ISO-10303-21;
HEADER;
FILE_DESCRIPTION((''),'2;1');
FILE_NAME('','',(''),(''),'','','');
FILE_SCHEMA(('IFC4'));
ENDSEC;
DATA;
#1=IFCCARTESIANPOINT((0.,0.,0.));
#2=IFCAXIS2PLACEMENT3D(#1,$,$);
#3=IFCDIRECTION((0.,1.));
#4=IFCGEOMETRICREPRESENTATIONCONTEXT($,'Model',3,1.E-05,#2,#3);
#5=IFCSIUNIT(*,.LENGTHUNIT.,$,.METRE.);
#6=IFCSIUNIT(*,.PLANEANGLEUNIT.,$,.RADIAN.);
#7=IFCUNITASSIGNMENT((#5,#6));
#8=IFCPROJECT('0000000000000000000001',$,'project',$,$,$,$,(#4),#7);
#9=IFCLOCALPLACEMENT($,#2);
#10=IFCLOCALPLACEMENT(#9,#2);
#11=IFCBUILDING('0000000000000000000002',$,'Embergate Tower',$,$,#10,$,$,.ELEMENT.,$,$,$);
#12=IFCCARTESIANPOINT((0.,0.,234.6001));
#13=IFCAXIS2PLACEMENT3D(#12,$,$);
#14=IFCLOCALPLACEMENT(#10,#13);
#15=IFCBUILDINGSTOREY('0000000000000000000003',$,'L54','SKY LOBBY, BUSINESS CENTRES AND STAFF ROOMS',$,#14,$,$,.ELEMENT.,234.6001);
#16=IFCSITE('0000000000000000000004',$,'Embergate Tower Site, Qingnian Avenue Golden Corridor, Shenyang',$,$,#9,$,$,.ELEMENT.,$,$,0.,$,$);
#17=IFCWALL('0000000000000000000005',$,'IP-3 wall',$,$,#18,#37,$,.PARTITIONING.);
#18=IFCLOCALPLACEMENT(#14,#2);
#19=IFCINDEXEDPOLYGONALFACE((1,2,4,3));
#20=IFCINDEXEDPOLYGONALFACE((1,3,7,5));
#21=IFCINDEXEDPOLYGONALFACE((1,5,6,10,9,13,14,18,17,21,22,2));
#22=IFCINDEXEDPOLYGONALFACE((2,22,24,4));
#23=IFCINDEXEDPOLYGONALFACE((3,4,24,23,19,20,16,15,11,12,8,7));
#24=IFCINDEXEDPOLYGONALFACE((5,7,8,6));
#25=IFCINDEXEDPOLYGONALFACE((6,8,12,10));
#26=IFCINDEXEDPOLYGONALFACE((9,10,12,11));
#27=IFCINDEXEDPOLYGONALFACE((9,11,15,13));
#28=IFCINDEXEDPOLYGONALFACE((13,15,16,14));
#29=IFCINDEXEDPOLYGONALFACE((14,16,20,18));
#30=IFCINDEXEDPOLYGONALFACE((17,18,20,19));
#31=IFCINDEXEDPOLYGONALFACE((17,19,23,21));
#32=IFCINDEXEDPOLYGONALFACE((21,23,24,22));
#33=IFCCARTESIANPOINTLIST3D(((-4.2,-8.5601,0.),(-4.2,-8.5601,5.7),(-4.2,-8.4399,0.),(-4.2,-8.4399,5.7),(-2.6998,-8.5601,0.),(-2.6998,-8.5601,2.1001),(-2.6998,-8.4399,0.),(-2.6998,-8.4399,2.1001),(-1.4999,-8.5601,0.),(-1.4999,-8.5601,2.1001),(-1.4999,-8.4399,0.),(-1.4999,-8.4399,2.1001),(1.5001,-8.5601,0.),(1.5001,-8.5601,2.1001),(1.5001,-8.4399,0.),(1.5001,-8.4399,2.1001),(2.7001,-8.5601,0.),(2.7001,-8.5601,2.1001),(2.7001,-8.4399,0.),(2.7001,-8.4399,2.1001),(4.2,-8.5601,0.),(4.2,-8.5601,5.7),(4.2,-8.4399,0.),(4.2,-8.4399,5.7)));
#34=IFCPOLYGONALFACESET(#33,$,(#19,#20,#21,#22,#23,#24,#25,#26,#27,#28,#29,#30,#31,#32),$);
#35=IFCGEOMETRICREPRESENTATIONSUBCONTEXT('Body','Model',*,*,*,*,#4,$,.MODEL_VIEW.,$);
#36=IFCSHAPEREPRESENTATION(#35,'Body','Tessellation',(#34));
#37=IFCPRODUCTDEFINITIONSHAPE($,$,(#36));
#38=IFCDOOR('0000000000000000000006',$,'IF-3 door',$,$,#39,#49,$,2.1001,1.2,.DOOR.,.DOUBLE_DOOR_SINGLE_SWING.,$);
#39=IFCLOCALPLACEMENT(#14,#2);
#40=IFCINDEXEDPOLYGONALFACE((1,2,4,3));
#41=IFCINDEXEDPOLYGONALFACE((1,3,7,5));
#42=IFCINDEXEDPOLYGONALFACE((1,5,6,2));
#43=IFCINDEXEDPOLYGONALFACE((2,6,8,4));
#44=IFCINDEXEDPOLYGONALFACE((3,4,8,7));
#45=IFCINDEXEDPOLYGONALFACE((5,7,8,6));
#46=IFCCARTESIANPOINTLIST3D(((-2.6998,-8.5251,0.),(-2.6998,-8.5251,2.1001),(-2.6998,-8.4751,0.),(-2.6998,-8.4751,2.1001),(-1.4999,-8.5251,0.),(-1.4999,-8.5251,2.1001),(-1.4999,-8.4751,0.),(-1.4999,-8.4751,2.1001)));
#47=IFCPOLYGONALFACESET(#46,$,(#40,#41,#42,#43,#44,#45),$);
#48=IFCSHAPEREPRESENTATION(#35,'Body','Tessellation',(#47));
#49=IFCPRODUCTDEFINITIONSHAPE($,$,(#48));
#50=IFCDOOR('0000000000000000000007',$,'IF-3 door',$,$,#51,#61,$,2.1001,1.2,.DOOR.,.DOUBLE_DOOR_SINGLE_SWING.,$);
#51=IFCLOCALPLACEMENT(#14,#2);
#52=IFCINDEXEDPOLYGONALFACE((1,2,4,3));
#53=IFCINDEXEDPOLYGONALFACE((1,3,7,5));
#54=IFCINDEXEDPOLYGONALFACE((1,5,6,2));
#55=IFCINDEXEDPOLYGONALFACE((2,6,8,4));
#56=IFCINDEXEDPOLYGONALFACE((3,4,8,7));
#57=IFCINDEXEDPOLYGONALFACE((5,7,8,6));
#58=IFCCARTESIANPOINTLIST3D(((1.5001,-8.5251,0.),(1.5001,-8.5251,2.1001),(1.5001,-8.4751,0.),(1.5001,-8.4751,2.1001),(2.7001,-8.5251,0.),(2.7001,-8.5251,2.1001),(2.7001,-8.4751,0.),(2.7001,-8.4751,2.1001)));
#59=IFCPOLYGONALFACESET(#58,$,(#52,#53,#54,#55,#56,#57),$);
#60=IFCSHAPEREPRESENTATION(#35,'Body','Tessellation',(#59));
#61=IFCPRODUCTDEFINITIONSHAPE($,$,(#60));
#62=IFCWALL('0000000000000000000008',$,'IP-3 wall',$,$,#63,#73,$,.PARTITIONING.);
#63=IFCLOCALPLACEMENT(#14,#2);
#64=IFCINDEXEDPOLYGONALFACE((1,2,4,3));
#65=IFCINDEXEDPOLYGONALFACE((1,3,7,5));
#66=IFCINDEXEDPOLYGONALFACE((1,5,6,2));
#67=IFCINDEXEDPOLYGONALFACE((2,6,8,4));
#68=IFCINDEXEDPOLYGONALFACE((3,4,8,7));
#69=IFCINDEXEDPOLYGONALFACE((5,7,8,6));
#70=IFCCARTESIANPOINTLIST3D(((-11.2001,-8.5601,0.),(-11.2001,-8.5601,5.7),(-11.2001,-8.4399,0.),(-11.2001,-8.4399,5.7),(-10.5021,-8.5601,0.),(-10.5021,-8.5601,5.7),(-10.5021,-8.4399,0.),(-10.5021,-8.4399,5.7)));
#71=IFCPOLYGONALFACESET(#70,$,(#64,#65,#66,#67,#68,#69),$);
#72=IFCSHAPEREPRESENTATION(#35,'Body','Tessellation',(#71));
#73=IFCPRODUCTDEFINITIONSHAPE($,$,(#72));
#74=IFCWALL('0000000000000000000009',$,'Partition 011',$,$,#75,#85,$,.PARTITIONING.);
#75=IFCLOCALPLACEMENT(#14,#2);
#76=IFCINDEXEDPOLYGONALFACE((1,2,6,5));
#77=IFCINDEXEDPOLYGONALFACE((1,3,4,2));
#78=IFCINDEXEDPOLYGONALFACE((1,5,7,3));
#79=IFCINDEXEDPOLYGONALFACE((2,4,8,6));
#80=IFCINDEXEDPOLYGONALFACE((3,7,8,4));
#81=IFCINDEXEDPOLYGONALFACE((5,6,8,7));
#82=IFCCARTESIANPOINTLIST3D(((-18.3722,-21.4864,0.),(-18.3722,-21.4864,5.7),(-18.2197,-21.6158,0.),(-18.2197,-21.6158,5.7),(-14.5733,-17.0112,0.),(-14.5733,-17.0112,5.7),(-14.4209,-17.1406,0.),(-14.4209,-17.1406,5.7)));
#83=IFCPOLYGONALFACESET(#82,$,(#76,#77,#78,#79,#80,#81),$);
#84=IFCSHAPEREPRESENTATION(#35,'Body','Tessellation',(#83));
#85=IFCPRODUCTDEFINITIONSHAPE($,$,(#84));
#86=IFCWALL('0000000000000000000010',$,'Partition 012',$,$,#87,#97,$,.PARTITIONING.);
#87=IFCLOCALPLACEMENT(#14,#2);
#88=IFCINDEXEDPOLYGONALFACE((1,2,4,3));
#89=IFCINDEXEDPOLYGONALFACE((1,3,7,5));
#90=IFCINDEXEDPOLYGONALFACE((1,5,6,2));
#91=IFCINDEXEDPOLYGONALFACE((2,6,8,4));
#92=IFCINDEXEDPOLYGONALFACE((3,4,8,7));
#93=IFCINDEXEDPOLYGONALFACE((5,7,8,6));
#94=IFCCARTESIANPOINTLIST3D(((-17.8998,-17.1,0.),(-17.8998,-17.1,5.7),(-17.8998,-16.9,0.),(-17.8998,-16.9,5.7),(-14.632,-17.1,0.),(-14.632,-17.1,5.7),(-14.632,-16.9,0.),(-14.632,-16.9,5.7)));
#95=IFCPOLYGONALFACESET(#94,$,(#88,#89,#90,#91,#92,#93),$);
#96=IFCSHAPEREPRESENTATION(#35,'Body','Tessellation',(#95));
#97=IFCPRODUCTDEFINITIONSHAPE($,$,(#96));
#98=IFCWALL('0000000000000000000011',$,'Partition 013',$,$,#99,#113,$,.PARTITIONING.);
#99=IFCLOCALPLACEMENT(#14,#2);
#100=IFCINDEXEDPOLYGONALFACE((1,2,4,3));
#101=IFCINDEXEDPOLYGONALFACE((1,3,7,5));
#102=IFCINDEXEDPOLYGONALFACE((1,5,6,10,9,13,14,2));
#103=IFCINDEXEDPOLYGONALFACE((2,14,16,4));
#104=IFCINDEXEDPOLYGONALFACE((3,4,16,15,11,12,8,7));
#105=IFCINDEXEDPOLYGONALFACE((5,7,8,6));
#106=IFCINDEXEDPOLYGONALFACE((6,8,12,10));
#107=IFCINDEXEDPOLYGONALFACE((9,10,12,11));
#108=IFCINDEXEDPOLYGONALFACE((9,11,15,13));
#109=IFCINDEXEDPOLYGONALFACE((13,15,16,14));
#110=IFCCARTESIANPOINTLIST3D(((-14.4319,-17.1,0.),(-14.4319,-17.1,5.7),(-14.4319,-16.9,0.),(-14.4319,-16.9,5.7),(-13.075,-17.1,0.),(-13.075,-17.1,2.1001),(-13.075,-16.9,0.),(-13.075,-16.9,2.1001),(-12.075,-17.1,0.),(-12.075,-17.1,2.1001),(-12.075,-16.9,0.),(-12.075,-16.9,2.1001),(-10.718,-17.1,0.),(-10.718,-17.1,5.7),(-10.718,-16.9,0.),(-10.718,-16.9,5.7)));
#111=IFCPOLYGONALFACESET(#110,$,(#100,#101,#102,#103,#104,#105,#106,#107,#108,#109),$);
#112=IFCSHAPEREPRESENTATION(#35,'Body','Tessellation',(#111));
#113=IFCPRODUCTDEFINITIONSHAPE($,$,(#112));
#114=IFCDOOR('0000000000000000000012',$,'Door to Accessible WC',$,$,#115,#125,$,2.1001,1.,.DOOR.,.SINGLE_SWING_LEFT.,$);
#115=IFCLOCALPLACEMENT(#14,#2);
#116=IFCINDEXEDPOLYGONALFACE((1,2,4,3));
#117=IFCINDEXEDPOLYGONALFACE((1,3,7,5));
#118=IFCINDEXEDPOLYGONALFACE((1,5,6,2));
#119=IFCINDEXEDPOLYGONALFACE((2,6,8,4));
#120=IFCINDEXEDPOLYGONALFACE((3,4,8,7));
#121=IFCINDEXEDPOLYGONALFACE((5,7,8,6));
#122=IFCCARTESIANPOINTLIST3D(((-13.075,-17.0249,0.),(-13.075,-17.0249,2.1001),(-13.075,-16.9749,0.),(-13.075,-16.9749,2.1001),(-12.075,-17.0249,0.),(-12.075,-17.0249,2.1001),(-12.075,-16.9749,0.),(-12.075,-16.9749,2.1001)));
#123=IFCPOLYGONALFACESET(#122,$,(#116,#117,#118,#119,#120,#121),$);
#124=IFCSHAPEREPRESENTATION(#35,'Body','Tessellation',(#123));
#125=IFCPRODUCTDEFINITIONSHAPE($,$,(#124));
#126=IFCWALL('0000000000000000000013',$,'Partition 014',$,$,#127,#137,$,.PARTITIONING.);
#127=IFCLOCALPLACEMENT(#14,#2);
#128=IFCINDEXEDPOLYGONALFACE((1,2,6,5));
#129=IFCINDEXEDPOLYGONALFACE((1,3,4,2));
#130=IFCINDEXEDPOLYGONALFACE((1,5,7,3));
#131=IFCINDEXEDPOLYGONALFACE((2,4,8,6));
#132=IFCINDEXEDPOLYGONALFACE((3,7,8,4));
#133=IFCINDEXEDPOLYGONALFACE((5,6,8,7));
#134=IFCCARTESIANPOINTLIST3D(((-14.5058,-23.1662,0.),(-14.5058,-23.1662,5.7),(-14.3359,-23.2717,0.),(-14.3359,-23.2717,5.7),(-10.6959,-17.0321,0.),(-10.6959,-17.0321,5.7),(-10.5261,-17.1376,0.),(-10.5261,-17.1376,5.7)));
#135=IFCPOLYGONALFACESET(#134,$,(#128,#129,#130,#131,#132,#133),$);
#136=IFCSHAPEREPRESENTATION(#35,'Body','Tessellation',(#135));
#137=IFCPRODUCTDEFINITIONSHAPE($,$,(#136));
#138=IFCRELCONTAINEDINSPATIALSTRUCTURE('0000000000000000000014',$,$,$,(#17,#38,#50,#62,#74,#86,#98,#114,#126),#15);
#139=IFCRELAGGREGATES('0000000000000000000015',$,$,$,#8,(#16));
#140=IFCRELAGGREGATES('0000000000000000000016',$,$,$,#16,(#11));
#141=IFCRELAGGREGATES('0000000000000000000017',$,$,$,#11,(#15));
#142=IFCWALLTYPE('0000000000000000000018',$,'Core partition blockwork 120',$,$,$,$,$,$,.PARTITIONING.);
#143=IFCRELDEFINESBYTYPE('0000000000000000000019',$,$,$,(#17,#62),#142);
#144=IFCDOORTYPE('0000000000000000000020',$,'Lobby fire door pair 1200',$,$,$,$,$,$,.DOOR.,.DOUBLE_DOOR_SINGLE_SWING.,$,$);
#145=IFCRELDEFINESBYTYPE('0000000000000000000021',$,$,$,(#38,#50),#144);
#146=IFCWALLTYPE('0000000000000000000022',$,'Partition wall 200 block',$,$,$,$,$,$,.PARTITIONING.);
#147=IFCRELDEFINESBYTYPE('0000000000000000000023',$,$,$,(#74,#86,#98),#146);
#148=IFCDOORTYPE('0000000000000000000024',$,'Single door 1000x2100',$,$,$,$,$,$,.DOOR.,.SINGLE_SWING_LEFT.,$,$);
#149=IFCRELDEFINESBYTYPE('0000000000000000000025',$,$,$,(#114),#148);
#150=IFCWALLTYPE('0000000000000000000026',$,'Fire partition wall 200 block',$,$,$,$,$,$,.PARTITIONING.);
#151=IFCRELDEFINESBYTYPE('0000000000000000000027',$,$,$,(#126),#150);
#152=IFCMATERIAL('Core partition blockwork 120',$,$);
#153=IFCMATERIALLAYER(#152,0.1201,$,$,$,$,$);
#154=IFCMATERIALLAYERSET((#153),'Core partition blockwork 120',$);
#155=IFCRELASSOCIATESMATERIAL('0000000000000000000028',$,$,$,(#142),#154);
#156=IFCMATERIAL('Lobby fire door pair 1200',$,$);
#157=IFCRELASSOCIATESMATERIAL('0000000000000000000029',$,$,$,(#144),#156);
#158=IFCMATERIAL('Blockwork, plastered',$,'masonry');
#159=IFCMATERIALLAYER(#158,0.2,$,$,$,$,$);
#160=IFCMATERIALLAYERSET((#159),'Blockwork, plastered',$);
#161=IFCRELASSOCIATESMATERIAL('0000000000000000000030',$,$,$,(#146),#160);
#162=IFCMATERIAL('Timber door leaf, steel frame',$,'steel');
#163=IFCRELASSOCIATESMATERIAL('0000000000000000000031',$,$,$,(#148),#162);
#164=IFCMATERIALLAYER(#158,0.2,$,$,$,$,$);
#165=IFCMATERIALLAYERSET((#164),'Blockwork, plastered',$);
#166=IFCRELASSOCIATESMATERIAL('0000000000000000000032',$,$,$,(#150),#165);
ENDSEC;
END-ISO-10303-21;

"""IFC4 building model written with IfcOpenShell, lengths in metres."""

from ifc_helpers import new_model, si_unit, direction, frame, frame_2d, origin, place, context, subcontext, project, spatial, rectangle, extrude, source, transform, mapped, material, layer, layer_set, type_object, element, fill, save


model = new_model("IFC4")

# Units and contexts
model_context = context("Model", 3, precision=1e-05, world=origin(), true_north=direction((0.0, 1.0)))
body_context = subcontext(model_context, "Body", "Model", "MODEL_VIEW")
ifc_project = project(units=[si_unit("LENGTHUNIT", "METRE"), si_unit("PLANEANGLEUNIT", "RADIAN")], contexts=[model_context])

# Site, building, storey
site_placement = place(None, origin())
site = spatial("IfcSite", under=ifc_project, at=site_placement, Name="Embergate Tower Site, Qingnian Avenue Golden Corridor, Shenyang", CompositionType="ELEMENT", RefElevation=0.0)
building_placement = place(site_placement, origin())
building = spatial("IfcBuilding", under=site, at=building_placement, Name="Embergate Tower", CompositionType="ELEMENT")
storey_placement = place(building_placement, frame((0.0, 0.0, 234.6001)))
storey = spatial("IfcBuildingStorey", under=building, at=storey_placement, Name="L54", Description="SKY LOBBY, BUSINESS CENTRES AND STAFF ROOMS", CompositionType="ELEMENT", Elevation=234.6001)

# Shared definitions
shared_shape_1 = source(origin(), body_context, "Body", "SweptSolid", [
    extrude(rectangle(XDim=1.2, YDim=2.1001, at=frame_2d((0.6001, 1.05))), frame((0.0, 0.0249, 0.0), z_axis=(0.0, -1.0, 0.0), x_axis=(1.0, 0.0, 0.0)), (0.0, 0.0, 1.0), 0.05),
])

# Wall, openings, doors
ifc_material_1 = material(Name="Core partition blockwork 120")
ifc_layer_1 = layer(ifc_material_1, 0.1201)
ifc_layer_set_1 = layer_set([ifc_layer_1], Name="Core partition blockwork 120")
wall_type_1 = type_object("IfcWallType", Name="Core partition blockwork 120", PredefinedType="PARTITIONING", material=ifc_layer_set_1)
shared_shape_2 = source(origin(), body_context, "Body", "SweptSolid", [
    extrude(rectangle(XDim=8.3999, YDim=0.1201, at=frame_2d((4.2, 0.0))), origin(), (0.0, 0.0, 1.0), 5.7),
])
wall_1_placement = place(storey_placement, frame((-4.2, -8.5, 0.0), z_axis=(0.0, 0.0, 1.0), x_axis=(1.0, 0.0, 0.0)))
wall_1 = element("IfcWall", 1, at=wall_1_placement, inside=storey, type_object=wall_type_1, Name="IP-3 wall", PredefinedType="PARTITIONING", context=body_context, shape_type="MappedRepresentation", body=[
    mapped(shared_shape_2, transform((0.0, 0.0, 0.0))),
])
shared_shape_3 = source(origin(), body_context, "Body", "SweptSolid", [
    extrude(rectangle(XDim=1.2, YDim=2.1001, at=frame_2d((0.6001, 1.05))), frame((0.0, 0.0701, 0.0), z_axis=(0.0, -1.0, 0.0), x_axis=(1.0, 0.0, 0.0)), (0.0, 0.0, 1.0), 0.1401),
])
opening_1_placement = place(wall_1_placement, frame((1.5, 0.0, 0.0)))
opening_1 = element("IfcOpeningElement", 2, at=opening_1_placement, cuts=wall_1, PredefinedType="OPENING", context=body_context, shape_type="MappedRepresentation", body=[
    mapped(shared_shape_3, transform((0.0, 0.0, 0.0))),
])
opening_2_placement = place(wall_1_placement, frame((5.7, 0.0, 0.0)))
opening_2 = element("IfcOpeningElement", 3, at=opening_2_placement, cuts=wall_1, PredefinedType="OPENING", context=body_context, shape_type="MappedRepresentation", body=[
    mapped(shared_shape_3, transform((0.0, 0.0, 0.0))),
])
ifc_material_2 = material(Name="Lobby fire door pair 1200")
door_type_1 = type_object("IfcDoorType", Name="Lobby fire door pair 1200", OperationType="DOUBLE_DOOR_SINGLE_SWING", PredefinedType="DOOR", material=ifc_material_2)
door_1_placement = place(opening_1_placement, origin())
door_1 = element("IfcDoor", 4, at=door_1_placement, inside=storey, type_object=door_type_1, Name="IF-3 door", OperationType="DOUBLE_DOOR_SINGLE_SWING", OverallHeight=2.1001, OverallWidth=1.2, PredefinedType="DOOR", context=body_context, shape_type="MappedRepresentation", body=[
    mapped(shared_shape_1, transform((0.0, 0.0, 0.0))),
])
fill(opening_1, door_1)
door_2_placement = place(opening_2_placement, origin())
door_2 = element("IfcDoor", 5, at=door_2_placement, inside=storey, type_object=door_type_1, Name="IF-3 door", OperationType="DOUBLE_DOOR_SINGLE_SWING", OverallHeight=2.1001, OverallWidth=1.2, PredefinedType="DOOR", context=body_context, shape_type="MappedRepresentation", body=[
    mapped(shared_shape_1, transform((0.0, 0.0, 0.0))),
])
fill(opening_2, door_2)

# Walls
shared_shape_4 = source(origin(), body_context, "Body", "SweptSolid", [
    extrude(rectangle(XDim=0.698, YDim=0.1201, at=frame_2d((0.3491, 0.0))), origin(), (0.0, 0.0, 1.0), 5.7),
])
wall_2_placement = place(storey_placement, frame((-10.502, -8.5, 0.0), z_axis=(0.0, 0.0, 1.0), x_axis=(-1.0, 0.0, 0.0)))
element("IfcWall", 6, at=wall_2_placement, inside=storey, type_object=wall_type_1, Name="IP-3 wall", PredefinedType="PARTITIONING", context=body_context, shape_type="MappedRepresentation", body=[
    mapped(shared_shape_4, transform((0.0, 0.0, 0.0))),
])
ifc_material_3 = material(Name="Blockwork, plastered", Category="masonry")
ifc_layer_2 = layer(ifc_material_3, 0.2)
ifc_layer_set_2 = layer_set([ifc_layer_2], Name="Blockwork, plastered")
wall_type_2 = type_object("IfcWallType", Name="Partition wall 200 block", PredefinedType="PARTITIONING", material=ifc_layer_set_2)
shared_shape_5 = source(origin(), body_context, "Body", "SweptSolid", [
    extrude(rectangle(XDim=5.8701, YDim=0.2, at=frame_2d((2.9351, 0.0))), origin(), (0.0, 0.0, 1.0), 5.7),
])
wall_3_placement = place(storey_placement, frame((-14.4971, -17.0759, 0.0), z_axis=(0.0, 0.0, 1.0), x_axis=(-0.647153, -0.76236, 0.0)))
element("IfcWall", 7, at=wall_3_placement, inside=storey, type_object=wall_type_2, Name="Partition 011", PredefinedType="PARTITIONING", context=body_context, shape_type="MappedRepresentation", body=[
    mapped(shared_shape_5, transform((0.0, 0.0, 0.0))),
])
shared_shape_6 = source(origin(), body_context, "Body", "SweptSolid", [
    extrude(rectangle(XDim=3.2678, YDim=0.2, at=frame_2d((1.6338, 0.0))), origin(), (0.0, 0.0, 1.0), 5.7),
])
wall_4_placement = place(storey_placement, frame((-14.6321, -17.0, 0.0), z_axis=(0.0, 0.0, 1.0), x_axis=(-1.0, 0.0, 0.0)))
element("IfcWall", 8, at=wall_4_placement, inside=storey, type_object=wall_type_2, Name="Partition 012", PredefinedType="PARTITIONING", context=body_context, shape_type="MappedRepresentation", body=[
    mapped(shared_shape_6, transform((0.0, 0.0, 0.0))),
])

# Wall, opening, door
shared_shape_7 = source(origin(), body_context, "Body", "SweptSolid", [
    extrude(rectangle(XDim=3.7139, YDim=0.2, at=frame_2d((1.8569, 0.0))), origin(), (0.0, 0.0, 1.0), 5.7),
])
wall_5_placement = place(storey_placement, frame((-10.718, -17.0, 0.0), z_axis=(0.0, 0.0, 1.0), x_axis=(-1.0, 0.0, 0.0)))
wall_5 = element("IfcWall", 9, at=wall_5_placement, inside=storey, type_object=wall_type_2, Name="Partition 013", PredefinedType="PARTITIONING", context=body_context, shape_type="MappedRepresentation", body=[
    mapped(shared_shape_7, transform((0.0, 0.0, 0.0))),
])
shared_shape_8 = source(origin(), body_context, "Body", "SweptSolid", [
    extrude(rectangle(XDim=1.0, YDim=2.1001, at=frame_2d((0.5, 1.05))), frame((0.0, 0.1099, 0.0), z_axis=(0.0, -1.0, 0.0), x_axis=(1.0, 0.0, 0.0)), (0.0, 0.0, 1.0), 0.22),
])
opening_3_placement = place(wall_5_placement, frame((1.3569, 0.0, 0.0)))
opening_3 = element("IfcOpeningElement", 10, at=opening_3_placement, cuts=wall_5, PredefinedType="OPENING", context=body_context, shape_type="MappedRepresentation", body=[
    mapped(shared_shape_8, transform((0.0, 0.0, 0.0))),
])
ifc_material_4 = material(Name="Timber door leaf, steel frame", Category="steel")
door_type_2 = type_object("IfcDoorType", Name="Single door 1000x2100", OperationType="SINGLE_SWING_LEFT", PredefinedType="DOOR", material=ifc_material_4)
shared_shape_9 = source(origin(), body_context, "Body", "SweptSolid", [
    extrude(rectangle(XDim=1.0, YDim=2.1001, at=frame_2d((0.5, 1.05))), frame((0.0, 0.0249, 0.0), z_axis=(0.0, -1.0, 0.0), x_axis=(1.0, 0.0, 0.0)), (0.0, 0.0, 1.0), 0.05),
])
door_3_placement = place(opening_3_placement, origin())
door_3 = element("IfcDoor", 11, at=door_3_placement, inside=storey, type_object=door_type_2, Name="Door to Accessible WC", OperationType="SINGLE_SWING_LEFT", OverallHeight=2.1001, OverallWidth=1.0, PredefinedType="DOOR", context=body_context, shape_type="MappedRepresentation", body=[
    mapped(shared_shape_9, transform((0.0, 0.0, 0.0))),
])
fill(opening_3, door_3)

# Wall
ifc_layer_3 = layer(ifc_material_3, 0.2)
ifc_layer_set_3 = layer_set([ifc_layer_3], Name="Blockwork, plastered")
wall_type_3 = type_object("IfcWallType", Name="Fire partition wall 200 block", PredefinedType="PARTITIONING", material=ifc_layer_set_3)
shared_shape_10 = source(origin(), body_context, "Body", "SweptSolid", [
    extrude(rectangle(XDim=7.2209, YDim=0.2, at=frame_2d((3.6104, 0.0))), origin(), (0.0, 0.0, 1.0), 5.7),
])
wall_6_placement = place(storey_placement, frame((-10.6111, -17.085, 0.0), z_axis=(0.0, 0.0, 1.0), x_axis=(-0.527611, -0.849486, 0.0)))
element("IfcWall", 12, at=wall_6_placement, inside=storey, type_object=wall_type_3, Name="Partition 014", PredefinedType="PARTITIONING", context=body_context, shape_type="MappedRepresentation", body=[
    mapped(shared_shape_10, transform((0.0, 0.0, 0.0))),
])

save(model, "model.ifc")
